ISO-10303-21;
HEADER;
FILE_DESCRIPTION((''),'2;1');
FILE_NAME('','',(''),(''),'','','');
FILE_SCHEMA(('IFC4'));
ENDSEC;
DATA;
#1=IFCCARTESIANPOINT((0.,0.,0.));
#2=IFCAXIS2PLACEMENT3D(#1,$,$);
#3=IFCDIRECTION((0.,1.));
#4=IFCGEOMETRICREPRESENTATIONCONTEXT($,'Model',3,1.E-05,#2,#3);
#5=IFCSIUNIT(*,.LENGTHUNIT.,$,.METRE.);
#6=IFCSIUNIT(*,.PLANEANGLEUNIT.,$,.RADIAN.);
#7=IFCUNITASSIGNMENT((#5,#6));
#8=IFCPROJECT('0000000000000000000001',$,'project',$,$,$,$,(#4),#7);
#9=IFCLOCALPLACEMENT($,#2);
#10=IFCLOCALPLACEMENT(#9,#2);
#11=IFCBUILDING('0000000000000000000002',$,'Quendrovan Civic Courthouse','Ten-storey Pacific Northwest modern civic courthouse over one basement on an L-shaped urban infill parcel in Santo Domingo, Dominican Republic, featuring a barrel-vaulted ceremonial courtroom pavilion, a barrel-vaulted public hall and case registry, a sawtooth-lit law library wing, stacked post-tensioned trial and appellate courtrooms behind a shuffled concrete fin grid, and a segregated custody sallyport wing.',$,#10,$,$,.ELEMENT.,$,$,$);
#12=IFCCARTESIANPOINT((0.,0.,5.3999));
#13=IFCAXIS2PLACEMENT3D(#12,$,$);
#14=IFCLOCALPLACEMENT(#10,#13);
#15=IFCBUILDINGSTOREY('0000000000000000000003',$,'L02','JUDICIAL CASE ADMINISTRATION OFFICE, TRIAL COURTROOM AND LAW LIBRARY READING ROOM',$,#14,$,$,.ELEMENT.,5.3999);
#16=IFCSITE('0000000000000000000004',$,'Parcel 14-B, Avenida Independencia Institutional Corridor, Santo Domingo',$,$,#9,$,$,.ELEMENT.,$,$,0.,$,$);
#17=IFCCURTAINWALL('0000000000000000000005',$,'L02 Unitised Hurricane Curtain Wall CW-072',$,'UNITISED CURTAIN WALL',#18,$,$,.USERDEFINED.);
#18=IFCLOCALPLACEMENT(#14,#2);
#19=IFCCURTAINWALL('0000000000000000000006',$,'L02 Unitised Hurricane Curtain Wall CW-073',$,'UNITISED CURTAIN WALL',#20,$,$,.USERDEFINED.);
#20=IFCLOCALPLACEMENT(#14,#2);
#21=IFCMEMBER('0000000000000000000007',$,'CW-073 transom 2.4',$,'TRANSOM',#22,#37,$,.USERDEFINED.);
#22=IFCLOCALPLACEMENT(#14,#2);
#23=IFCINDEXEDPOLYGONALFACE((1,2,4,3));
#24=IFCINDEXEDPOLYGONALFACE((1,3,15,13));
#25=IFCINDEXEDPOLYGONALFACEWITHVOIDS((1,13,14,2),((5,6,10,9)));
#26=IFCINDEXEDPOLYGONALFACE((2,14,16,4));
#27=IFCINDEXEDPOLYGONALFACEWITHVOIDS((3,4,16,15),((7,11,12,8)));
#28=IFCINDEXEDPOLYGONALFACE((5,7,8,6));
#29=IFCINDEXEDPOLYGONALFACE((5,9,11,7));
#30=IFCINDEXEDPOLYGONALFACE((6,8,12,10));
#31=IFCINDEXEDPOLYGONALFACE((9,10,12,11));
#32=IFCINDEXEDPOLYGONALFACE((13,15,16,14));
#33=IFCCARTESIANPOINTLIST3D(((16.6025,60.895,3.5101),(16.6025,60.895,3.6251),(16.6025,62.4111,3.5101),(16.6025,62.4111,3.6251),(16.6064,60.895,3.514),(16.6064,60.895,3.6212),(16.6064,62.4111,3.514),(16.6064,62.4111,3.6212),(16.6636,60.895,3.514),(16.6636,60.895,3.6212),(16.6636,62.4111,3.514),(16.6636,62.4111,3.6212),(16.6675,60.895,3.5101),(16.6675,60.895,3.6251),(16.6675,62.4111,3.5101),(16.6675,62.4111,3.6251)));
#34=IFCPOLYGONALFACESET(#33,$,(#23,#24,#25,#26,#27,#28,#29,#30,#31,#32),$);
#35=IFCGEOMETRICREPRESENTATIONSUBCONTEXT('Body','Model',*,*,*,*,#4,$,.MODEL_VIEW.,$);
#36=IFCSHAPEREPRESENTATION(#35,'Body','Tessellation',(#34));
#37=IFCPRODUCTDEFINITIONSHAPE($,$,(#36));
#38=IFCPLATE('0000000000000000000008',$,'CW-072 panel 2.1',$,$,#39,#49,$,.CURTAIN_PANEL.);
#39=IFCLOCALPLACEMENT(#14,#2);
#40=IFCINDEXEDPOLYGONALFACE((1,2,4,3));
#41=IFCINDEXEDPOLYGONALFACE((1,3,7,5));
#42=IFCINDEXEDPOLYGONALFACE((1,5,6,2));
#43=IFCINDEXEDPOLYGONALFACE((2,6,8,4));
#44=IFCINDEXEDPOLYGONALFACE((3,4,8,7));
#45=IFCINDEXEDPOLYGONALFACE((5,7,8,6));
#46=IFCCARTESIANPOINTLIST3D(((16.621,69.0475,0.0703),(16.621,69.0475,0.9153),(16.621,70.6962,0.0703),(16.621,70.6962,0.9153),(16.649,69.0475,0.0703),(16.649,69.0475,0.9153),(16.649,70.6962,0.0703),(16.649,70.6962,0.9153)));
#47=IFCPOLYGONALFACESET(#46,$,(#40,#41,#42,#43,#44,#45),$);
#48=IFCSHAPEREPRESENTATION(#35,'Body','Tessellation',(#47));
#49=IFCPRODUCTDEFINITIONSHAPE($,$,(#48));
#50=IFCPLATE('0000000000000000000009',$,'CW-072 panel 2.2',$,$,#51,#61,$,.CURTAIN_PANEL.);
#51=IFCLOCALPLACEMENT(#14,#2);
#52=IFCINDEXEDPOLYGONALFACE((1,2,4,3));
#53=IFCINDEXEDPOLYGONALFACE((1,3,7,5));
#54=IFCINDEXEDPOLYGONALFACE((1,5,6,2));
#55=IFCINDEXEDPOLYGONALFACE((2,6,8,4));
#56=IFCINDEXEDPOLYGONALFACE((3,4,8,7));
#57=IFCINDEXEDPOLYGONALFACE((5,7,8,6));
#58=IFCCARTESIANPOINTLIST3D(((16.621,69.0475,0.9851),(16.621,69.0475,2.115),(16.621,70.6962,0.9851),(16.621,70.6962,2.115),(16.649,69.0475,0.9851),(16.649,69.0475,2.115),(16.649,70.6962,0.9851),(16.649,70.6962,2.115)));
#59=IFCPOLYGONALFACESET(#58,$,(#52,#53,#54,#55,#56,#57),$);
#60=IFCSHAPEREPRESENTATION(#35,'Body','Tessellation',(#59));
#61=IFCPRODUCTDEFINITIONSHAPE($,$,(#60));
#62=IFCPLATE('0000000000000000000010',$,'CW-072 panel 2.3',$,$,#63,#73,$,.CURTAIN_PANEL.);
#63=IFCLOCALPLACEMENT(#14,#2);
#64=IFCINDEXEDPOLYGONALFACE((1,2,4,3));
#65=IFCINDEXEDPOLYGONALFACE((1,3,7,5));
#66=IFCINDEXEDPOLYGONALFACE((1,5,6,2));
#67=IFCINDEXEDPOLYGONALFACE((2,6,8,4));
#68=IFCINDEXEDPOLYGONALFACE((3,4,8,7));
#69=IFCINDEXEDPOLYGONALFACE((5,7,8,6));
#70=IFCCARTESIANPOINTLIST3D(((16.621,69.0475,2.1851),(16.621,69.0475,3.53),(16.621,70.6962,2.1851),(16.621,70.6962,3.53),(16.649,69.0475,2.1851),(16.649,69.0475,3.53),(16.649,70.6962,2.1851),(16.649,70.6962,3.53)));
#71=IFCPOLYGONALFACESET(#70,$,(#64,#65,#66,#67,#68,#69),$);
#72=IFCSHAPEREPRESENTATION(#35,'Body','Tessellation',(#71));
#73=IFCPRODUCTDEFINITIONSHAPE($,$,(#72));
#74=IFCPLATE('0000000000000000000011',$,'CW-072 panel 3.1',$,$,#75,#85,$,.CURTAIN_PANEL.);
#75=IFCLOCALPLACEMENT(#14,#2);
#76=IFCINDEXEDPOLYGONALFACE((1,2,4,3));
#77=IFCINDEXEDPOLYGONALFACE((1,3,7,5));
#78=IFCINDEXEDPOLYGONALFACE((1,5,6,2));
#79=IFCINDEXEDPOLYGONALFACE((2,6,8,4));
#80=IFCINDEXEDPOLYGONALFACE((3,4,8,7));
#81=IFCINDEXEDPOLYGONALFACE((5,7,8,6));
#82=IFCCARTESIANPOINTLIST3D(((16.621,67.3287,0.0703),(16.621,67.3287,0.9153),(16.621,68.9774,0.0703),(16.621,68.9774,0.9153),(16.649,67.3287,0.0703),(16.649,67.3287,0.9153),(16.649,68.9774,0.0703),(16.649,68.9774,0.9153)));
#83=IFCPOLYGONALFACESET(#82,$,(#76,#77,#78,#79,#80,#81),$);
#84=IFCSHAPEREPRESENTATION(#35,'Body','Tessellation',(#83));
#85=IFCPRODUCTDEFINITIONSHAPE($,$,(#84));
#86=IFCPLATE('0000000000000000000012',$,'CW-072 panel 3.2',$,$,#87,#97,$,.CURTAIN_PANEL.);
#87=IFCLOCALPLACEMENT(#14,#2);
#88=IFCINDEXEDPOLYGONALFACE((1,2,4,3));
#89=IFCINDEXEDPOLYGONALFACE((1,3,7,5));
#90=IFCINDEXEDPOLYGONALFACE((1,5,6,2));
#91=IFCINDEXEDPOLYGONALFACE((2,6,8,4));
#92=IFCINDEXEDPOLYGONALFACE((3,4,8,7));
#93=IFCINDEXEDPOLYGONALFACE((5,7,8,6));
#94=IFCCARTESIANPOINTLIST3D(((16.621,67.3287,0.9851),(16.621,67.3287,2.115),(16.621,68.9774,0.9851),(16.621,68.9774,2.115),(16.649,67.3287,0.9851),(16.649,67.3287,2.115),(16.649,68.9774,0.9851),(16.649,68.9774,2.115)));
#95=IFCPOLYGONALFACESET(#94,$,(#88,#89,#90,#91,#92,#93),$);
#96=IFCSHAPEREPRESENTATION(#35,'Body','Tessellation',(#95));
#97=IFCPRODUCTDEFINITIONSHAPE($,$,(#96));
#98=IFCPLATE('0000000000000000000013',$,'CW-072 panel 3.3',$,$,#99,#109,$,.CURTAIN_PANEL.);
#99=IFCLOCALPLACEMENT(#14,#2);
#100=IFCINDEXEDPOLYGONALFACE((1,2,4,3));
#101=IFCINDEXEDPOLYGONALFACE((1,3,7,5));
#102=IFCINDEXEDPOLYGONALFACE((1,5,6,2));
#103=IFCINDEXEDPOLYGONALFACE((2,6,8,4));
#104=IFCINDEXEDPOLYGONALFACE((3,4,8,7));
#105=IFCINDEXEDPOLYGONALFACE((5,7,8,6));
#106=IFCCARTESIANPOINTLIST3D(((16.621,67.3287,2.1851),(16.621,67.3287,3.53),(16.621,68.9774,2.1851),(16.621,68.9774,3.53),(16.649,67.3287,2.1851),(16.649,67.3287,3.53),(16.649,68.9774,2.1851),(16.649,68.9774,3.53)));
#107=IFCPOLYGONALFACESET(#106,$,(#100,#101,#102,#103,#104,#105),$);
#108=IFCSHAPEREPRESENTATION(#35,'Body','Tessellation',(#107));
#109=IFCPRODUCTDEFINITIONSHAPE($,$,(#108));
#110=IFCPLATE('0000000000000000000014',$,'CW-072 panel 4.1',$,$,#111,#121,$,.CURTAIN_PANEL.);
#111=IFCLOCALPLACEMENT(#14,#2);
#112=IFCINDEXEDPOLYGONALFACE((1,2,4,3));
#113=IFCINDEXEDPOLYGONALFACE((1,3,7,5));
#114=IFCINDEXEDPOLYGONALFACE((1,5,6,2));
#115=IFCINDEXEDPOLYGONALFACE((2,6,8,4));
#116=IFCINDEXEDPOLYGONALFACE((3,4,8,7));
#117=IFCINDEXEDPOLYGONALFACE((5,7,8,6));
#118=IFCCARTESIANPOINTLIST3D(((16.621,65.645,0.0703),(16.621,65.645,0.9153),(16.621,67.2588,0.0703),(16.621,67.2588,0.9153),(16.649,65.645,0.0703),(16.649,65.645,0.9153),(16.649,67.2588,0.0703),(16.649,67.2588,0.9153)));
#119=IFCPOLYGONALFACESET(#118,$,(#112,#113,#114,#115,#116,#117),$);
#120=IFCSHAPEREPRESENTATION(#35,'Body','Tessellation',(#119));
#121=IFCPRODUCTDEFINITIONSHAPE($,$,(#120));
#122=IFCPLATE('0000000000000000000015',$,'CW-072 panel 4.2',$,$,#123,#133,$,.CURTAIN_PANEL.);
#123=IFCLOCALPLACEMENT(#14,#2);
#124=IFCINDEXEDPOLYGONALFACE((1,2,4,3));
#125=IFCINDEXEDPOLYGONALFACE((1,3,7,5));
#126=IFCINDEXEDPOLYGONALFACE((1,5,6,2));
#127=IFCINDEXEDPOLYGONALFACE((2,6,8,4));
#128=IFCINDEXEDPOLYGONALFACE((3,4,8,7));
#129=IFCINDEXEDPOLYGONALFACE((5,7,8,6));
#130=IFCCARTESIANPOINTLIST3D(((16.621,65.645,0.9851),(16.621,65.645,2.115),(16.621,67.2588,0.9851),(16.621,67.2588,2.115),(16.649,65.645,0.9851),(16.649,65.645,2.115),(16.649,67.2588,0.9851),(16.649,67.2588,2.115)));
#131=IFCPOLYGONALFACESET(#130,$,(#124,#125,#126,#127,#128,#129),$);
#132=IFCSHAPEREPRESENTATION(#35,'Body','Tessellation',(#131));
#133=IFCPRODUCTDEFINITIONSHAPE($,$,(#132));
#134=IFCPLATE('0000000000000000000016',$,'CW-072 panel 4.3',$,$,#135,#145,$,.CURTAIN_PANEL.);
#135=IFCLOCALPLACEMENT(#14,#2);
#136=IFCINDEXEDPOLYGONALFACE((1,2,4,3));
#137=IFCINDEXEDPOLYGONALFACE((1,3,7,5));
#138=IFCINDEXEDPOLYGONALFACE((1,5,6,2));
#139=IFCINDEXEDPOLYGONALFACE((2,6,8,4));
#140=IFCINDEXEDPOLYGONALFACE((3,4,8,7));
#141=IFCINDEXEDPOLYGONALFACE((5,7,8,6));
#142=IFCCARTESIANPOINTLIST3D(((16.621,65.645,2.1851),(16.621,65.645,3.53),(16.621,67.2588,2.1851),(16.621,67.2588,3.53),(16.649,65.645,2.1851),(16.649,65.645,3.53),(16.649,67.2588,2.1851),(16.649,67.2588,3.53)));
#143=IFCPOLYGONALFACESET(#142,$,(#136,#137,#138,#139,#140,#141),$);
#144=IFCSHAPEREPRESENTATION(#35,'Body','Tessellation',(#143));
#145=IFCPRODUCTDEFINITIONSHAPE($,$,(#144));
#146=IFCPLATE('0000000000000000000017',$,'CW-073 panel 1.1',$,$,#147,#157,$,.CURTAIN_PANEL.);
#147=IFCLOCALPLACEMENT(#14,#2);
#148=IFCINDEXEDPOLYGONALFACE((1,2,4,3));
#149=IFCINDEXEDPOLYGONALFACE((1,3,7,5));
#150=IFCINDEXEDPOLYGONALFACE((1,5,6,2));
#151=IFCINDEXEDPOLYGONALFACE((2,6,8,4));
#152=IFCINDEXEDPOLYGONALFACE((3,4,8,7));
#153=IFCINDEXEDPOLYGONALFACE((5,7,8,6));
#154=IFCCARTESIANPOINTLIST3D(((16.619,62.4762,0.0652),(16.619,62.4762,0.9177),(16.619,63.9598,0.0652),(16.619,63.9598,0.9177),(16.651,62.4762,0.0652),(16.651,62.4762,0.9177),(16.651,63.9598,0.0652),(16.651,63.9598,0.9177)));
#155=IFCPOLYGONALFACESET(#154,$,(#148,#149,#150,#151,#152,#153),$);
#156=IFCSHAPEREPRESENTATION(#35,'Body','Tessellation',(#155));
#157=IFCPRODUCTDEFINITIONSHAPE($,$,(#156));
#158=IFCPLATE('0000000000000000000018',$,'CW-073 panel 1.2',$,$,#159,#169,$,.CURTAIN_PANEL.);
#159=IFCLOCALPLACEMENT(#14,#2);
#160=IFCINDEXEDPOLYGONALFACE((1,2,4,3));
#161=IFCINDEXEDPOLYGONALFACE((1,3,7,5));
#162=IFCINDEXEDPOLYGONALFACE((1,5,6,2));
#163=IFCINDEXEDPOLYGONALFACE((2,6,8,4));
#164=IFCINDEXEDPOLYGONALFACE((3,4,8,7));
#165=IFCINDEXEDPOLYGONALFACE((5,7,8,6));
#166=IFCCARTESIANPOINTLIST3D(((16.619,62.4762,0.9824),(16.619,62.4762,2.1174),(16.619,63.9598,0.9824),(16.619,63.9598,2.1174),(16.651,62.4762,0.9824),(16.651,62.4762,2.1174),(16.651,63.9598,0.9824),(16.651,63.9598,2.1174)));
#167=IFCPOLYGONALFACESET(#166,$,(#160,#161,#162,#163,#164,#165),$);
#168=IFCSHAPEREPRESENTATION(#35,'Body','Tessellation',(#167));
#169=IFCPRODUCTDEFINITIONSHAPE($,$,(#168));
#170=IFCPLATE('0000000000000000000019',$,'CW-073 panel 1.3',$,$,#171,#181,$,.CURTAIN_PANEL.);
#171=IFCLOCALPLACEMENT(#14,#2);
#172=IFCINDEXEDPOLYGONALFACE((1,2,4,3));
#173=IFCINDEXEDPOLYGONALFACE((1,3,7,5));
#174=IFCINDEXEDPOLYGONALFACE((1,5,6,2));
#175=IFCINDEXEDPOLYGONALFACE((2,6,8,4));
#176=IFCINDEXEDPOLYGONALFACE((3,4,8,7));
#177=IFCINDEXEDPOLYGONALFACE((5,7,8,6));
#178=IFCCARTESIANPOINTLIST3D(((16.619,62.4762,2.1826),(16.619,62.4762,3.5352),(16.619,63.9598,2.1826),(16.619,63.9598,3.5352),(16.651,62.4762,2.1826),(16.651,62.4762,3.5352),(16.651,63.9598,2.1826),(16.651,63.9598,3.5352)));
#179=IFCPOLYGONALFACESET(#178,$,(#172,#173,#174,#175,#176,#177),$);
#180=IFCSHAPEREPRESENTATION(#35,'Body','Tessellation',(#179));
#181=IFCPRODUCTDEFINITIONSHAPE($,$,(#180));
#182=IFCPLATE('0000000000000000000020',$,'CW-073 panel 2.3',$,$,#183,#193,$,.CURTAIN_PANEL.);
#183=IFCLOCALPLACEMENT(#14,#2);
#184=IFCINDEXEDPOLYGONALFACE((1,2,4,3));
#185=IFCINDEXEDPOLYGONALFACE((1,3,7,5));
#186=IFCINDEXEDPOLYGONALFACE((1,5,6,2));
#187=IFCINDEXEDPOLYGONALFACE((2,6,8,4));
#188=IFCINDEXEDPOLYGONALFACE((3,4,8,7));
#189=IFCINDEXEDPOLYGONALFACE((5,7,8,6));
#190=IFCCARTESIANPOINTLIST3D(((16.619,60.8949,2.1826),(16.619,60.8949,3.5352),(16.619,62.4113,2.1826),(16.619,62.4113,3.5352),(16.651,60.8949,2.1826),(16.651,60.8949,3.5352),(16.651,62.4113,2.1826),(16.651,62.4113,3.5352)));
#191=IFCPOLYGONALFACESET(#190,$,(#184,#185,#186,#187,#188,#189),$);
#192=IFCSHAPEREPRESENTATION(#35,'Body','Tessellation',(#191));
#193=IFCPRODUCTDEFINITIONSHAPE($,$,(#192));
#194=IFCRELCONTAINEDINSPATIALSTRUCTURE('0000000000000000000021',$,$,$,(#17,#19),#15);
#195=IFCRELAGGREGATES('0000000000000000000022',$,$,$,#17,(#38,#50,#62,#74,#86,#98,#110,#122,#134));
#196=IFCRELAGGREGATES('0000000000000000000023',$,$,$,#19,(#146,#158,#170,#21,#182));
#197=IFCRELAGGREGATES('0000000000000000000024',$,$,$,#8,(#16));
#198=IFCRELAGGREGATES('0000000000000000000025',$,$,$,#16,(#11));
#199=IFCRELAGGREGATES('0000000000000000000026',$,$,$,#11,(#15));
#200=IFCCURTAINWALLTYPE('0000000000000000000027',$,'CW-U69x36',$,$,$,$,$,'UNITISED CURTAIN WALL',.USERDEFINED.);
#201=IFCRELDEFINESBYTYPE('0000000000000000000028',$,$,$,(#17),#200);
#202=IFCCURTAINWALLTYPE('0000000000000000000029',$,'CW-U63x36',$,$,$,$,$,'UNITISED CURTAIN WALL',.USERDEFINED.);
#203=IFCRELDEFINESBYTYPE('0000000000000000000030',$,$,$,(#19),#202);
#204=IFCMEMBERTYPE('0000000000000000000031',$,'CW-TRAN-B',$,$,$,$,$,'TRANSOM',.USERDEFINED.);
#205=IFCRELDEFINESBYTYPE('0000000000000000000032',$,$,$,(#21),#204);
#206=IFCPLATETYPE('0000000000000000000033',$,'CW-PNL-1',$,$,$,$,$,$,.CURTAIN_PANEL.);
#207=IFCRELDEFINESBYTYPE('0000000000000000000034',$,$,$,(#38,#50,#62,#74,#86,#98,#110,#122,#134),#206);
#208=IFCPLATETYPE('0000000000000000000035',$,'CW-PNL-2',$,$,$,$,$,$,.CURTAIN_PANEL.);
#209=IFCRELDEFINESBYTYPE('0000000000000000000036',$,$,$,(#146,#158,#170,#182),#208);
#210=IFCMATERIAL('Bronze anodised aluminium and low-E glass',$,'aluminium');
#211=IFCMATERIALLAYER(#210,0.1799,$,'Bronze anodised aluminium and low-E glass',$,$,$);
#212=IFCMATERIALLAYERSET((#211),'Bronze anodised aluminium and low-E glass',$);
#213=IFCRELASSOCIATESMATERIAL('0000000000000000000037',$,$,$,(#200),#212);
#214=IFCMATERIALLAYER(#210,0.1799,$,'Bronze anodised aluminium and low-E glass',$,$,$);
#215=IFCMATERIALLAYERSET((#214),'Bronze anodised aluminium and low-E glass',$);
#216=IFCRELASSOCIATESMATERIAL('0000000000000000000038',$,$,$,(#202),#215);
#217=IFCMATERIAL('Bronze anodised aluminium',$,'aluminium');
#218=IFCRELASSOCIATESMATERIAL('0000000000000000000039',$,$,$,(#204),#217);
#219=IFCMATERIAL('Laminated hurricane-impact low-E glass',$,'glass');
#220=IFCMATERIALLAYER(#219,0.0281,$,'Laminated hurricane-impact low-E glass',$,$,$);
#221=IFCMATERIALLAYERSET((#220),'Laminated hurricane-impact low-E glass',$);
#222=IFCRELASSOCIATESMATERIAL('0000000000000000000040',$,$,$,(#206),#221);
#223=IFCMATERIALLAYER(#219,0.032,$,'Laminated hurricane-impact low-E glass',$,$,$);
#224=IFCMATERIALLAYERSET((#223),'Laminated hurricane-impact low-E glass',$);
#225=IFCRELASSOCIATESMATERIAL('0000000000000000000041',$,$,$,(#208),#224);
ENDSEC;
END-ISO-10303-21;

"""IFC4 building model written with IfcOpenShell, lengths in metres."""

from ifc_helpers import new_model, si_unit, direction, frame, origin, origin_2d, place, context, subcontext, project, spatial, rectangle, hollow_rectangle, extrude, material, layer, layer_set, material_profile, profile_set, type_object, element, aggregate, save


model = new_model("IFC4")

# Units and contexts
model_context = context("Model", 3, precision=1e-05, world=origin(), true_north=direction((0.0, 1.0)))
body_context = subcontext(model_context, "Body", "Model", "MODEL_VIEW")
ifc_project = project(units=[si_unit("LENGTHUNIT", "METRE"), si_unit("PLANEANGLEUNIT", "RADIAN")], contexts=[model_context])

# Site, building, storey
site_placement = place(None, origin())
site = spatial("IfcSite", under=ifc_project, at=site_placement, Name="Parcel 14-B, Avenida Independencia Institutional Corridor, Santo Domingo", CompositionType="ELEMENT", RefElevation=0.0)
building_placement = place(site_placement, origin())
building = spatial("IfcBuilding", under=site, at=building_placement, Name="Quendrovan Civic Courthouse", Description="Ten-storey Pacific Northwest modern civic courthouse over one basement on an L-shaped urban infill parcel in Santo Domingo, Dominican Republic, featuring a barrel-vaulted ceremonial courtroom pavilion, a barrel-vaulted public hall and case registry, a sawtooth-lit law library wing, stacked post-tensioned trial and appellate courtrooms behind a shuffled concrete fin grid, and a segregated custody sallyport wing.", CompositionType="ELEMENT")
storey_placement = place(building_placement, frame((0.0, 0.0, 5.3999)))
storey = spatial("IfcBuildingStorey", under=building, at=storey_placement, Name="L02", Description="JUDICIAL CASE ADMINISTRATION OFFICE, TRIAL COURTROOM AND LAW LIBRARY READING ROOM", CompositionType="ELEMENT", Elevation=5.3999)

# Curtain walls
ifc_material_1 = material(Name="Bronze anodised aluminium and low-E glass", Category="aluminium")
ifc_layer_1 = layer(ifc_material_1, 0.1799, Name="Bronze anodised aluminium and low-E glass")
ifc_layer_set_1 = layer_set([ifc_layer_1], Name="Bronze anodised aluminium and low-E glass")
curtain_wall_type_1 = type_object("IfcCurtainWallType", Name="CW-U69x36", ElementType="UNITISED CURTAIN WALL", PredefinedType="USERDEFINED", material=ifc_layer_set_1)
curtain_wall_1_placement = place(storey_placement, origin())
curtain_wall_1 = element("IfcCurtainWall", 1, at=curtain_wall_1_placement, inside=storey, type_object=curtain_wall_type_1, Name="L02 Unitised Hurricane Curtain Wall CW-072", ObjectType="UNITISED CURTAIN WALL", PredefinedType="USERDEFINED")
ifc_material_2 = material(Name="Bronze anodised aluminium", Category="aluminium")
ifc_layer_2 = layer(ifc_material_1, 0.1799, Name="Bronze anodised aluminium and low-E glass")
ifc_layer_set_2 = layer_set([ifc_layer_2], Name="Bronze anodised aluminium and low-E glass")
curtain_wall_type_2 = type_object("IfcCurtainWallType", Name="CW-U63x36", ElementType="UNITISED CURTAIN WALL", PredefinedType="USERDEFINED", material=ifc_layer_set_2)
curtain_wall_2_placement = place(storey_placement, origin())
curtain_wall_2 = element("IfcCurtainWall", 2, at=curtain_wall_2_placement, inside=storey, type_object=curtain_wall_type_2, Name="L02 Unitised Hurricane Curtain Wall CW-073", ObjectType="UNITISED CURTAIN WALL", PredefinedType="USERDEFINED")

# Member
ifc_material_profile_1 = material_profile(ifc_material_2, hollow_rectangle(XDim=0.0649, YDim=0.115, WallThickness=0.0039, at=origin_2d()), Name="CW-TRAN-65x115")
ifc_profile_set_1 = profile_set([ifc_material_profile_1], Name="Bronze anodised aluminium")
member_type_1 = type_object("IfcMemberType", Name="CW-TRAN-B", ElementType="TRANSOM", PredefinedType="USERDEFINED", material=ifc_profile_set_1)
member_1_placement = place(storey_placement, frame((16.635, 62.4111, 3.5676), z_axis=(0.0, -1.0, 0.0), x_axis=(1.0, 0.0, 0.0)))
member_1 = element("IfcMember", 3, at=member_1_placement, type_object=member_type_1, Name="CW-073 transom 2.4", ObjectType="TRANSOM", PredefinedType="USERDEFINED", context=body_context, shape_type="SweptSolid", body=[
    extrude(hollow_rectangle(XDim=0.0649, YDim=0.115, WallThickness=0.0039, at=origin_2d()), origin(), (0.0, 0.0, 1.0), 1.5161),
])

# Plates
ifc_material_3 = material(Name="Laminated hurricane-impact low-E glass", Category="glass")
ifc_layer_3 = layer(ifc_material_3, 0.0281, Name="Laminated hurricane-impact low-E glass")
ifc_layer_set_3 = layer_set([ifc_layer_3], Name="Laminated hurricane-impact low-E glass")
plate_type_1 = type_object("IfcPlateType", Name="CW-PNL-1", PredefinedType="CURTAIN_PANEL", material=ifc_layer_set_3)
plate_1_placement = place(storey_placement, frame((16.635, 69.8718, 0.0703), z_axis=(0.0, 0.0, 1.0), x_axis=(0.0, -1.0, 0.0)))
plate_1 = element("IfcPlate", 4, at=plate_1_placement, type_object=plate_type_1, Name="CW-072 panel 2.1", PredefinedType="CURTAIN_PANEL", context=body_context, shape_type="SweptSolid", body=[
    extrude(rectangle(XDim=1.6487, YDim=0.0281, at=origin_2d()), origin(), (0.0, 0.0, 1.0), 0.845),
])
plate_2_placement = place(storey_placement, frame((16.635, 69.8718, 0.9851), z_axis=(0.0, 0.0, 1.0), x_axis=(0.0, -1.0, 0.0)))
plate_2 = element("IfcPlate", 5, at=plate_2_placement, type_object=plate_type_1, Name="CW-072 panel 2.2", PredefinedType="CURTAIN_PANEL", context=body_context, shape_type="SweptSolid", body=[
    extrude(rectangle(XDim=1.6487, YDim=0.0281, at=origin_2d()), origin(), (0.0, 0.0, 1.0), 1.1299),
])
plate_3_placement = place(storey_placement, frame((16.635, 69.8718, 2.1851), z_axis=(0.0, 0.0, 1.0), x_axis=(0.0, -1.0, 0.0)))
plate_3 = element("IfcPlate", 6, at=plate_3_placement, type_object=plate_type_1, Name="CW-072 panel 2.3", PredefinedType="CURTAIN_PANEL", context=body_context, shape_type="SweptSolid", body=[
    extrude(rectangle(XDim=1.6487, YDim=0.0281, at=origin_2d()), origin(), (0.0, 0.0, 1.0), 1.345),
])
plate_4_placement = place(storey_placement, frame((16.635, 68.1531, 0.0703), z_axis=(0.0, 0.0, 1.0), x_axis=(0.0, -1.0, 0.0)))
plate_4 = element("IfcPlate", 7, at=plate_4_placement, type_object=plate_type_1, Name="CW-072 panel 3.1", PredefinedType="CURTAIN_PANEL", context=body_context, shape_type="SweptSolid", body=[
    extrude(rectangle(XDim=1.6487, YDim=0.0281, at=origin_2d()), origin(), (0.0, 0.0, 1.0), 0.845),
])
plate_5_placement = place(storey_placement, frame((16.635, 68.1531, 0.9851), z_axis=(0.0, 0.0, 1.0), x_axis=(0.0, -1.0, 0.0)))
plate_5 = element("IfcPlate", 8, at=plate_5_placement, type_object=plate_type_1, Name="CW-072 panel 3.2", PredefinedType="CURTAIN_PANEL", context=body_context, shape_type="SweptSolid", body=[
    extrude(rectangle(XDim=1.6487, YDim=0.0281, at=origin_2d()), origin(), (0.0, 0.0, 1.0), 1.1299),
])
plate_6_placement = place(storey_placement, frame((16.635, 68.1531, 2.1851), z_axis=(0.0, 0.0, 1.0), x_axis=(0.0, -1.0, 0.0)))
plate_6 = element("IfcPlate", 9, at=plate_6_placement, type_object=plate_type_1, Name="CW-072 panel 3.3", PredefinedType="CURTAIN_PANEL", context=body_context, shape_type="SweptSolid", body=[
    extrude(rectangle(XDim=1.6487, YDim=0.0281, at=origin_2d()), origin(), (0.0, 0.0, 1.0), 1.345),
])
plate_7_placement = place(storey_placement, frame((16.635, 66.4519, 0.0703), z_axis=(0.0, 0.0, 1.0), x_axis=(0.0, -1.0, 0.0)))
plate_7 = element("IfcPlate", 10, at=plate_7_placement, type_object=plate_type_1, Name="CW-072 panel 4.1", PredefinedType="CURTAIN_PANEL", context=body_context, shape_type="SweptSolid", body=[
    extrude(rectangle(XDim=1.6138, YDim=0.0281, at=origin_2d()), origin(), (0.0, 0.0, 1.0), 0.845),
])
plate_8_placement = place(storey_placement, frame((16.635, 66.4519, 0.9851), z_axis=(0.0, 0.0, 1.0), x_axis=(0.0, -1.0, 0.0)))
plate_8 = element("IfcPlate", 11, at=plate_8_placement, type_object=plate_type_1, Name="CW-072 panel 4.2", PredefinedType="CURTAIN_PANEL", context=body_context, shape_type="SweptSolid", body=[
    extrude(rectangle(XDim=1.6138, YDim=0.0281, at=origin_2d()), origin(), (0.0, 0.0, 1.0), 1.1299),
])
plate_9_placement = place(storey_placement, frame((16.635, 66.4519, 2.1851), z_axis=(0.0, 0.0, 1.0), x_axis=(0.0, -1.0, 0.0)))
plate_9 = element("IfcPlate", 12, at=plate_9_placement, type_object=plate_type_1, Name="CW-072 panel 4.3", PredefinedType="CURTAIN_PANEL", context=body_context, shape_type="SweptSolid", body=[
    extrude(rectangle(XDim=1.6138, YDim=0.0281, at=origin_2d()), origin(), (0.0, 0.0, 1.0), 1.345),
])
aggregate(curtain_wall_1, [plate_1, plate_2, plate_3, plate_4, plate_5, plate_6, plate_7, plate_8, plate_9])
ifc_layer_4 = layer(ifc_material_3, 0.032, Name="Laminated hurricane-impact low-E glass")
ifc_layer_set_4 = layer_set([ifc_layer_4], Name="Laminated hurricane-impact low-E glass")
plate_type_2 = type_object("IfcPlateType", Name="CW-PNL-2", PredefinedType="CURTAIN_PANEL", material=ifc_layer_set_4)
plate_10_placement = place(storey_placement, frame((16.635, 63.218, 0.0652), z_axis=(0.0, 0.0, 1.0), x_axis=(0.0, -1.0, 0.0)))
plate_10 = element("IfcPlate", 13, at=plate_10_placement, type_object=plate_type_2, Name="CW-073 panel 1.1", PredefinedType="CURTAIN_PANEL", context=body_context, shape_type="SweptSolid", body=[
    extrude(rectangle(XDim=1.4836, YDim=0.032, at=origin_2d()), origin(), (0.0, 0.0, 1.0), 0.8525),
])
plate_11_placement = place(storey_placement, frame((16.635, 63.218, 0.9824), z_axis=(0.0, 0.0, 1.0), x_axis=(0.0, -1.0, 0.0)))
plate_11 = element("IfcPlate", 14, at=plate_11_placement, type_object=plate_type_2, Name="CW-073 panel 1.2", PredefinedType="CURTAIN_PANEL", context=body_context, shape_type="SweptSolid", body=[
    extrude(rectangle(XDim=1.4836, YDim=0.032, at=origin_2d()), origin(), (0.0, 0.0, 1.0), 1.135),
])
plate_12_placement = place(storey_placement, frame((16.635, 63.218, 2.1826), z_axis=(0.0, 0.0, 1.0), x_axis=(0.0, -1.0, 0.0)))
plate_12 = element("IfcPlate", 15, at=plate_12_placement, type_object=plate_type_2, Name="CW-073 panel 1.3", PredefinedType="CURTAIN_PANEL", context=body_context, shape_type="SweptSolid", body=[
    extrude(rectangle(XDim=1.4836, YDim=0.032, at=origin_2d()), origin(), (0.0, 0.0, 1.0), 1.3525),
])
plate_13_placement = place(storey_placement, frame((16.635, 61.6531, 2.1826), z_axis=(0.0, 0.0, 1.0), x_axis=(0.0, -1.0, 0.0)))
plate_13 = element("IfcPlate", 16, at=plate_13_placement, type_object=plate_type_2, Name="CW-073 panel 2.3", PredefinedType="CURTAIN_PANEL", context=body_context, shape_type="SweptSolid", body=[
    extrude(rectangle(XDim=1.5164, YDim=0.032, at=origin_2d()), origin(), (0.0, 0.0, 1.0), 1.3525),
])
aggregate(curtain_wall_2, [plate_10, plate_11, plate_12, member_1, plate_13])

save(model, "model.ifc")
